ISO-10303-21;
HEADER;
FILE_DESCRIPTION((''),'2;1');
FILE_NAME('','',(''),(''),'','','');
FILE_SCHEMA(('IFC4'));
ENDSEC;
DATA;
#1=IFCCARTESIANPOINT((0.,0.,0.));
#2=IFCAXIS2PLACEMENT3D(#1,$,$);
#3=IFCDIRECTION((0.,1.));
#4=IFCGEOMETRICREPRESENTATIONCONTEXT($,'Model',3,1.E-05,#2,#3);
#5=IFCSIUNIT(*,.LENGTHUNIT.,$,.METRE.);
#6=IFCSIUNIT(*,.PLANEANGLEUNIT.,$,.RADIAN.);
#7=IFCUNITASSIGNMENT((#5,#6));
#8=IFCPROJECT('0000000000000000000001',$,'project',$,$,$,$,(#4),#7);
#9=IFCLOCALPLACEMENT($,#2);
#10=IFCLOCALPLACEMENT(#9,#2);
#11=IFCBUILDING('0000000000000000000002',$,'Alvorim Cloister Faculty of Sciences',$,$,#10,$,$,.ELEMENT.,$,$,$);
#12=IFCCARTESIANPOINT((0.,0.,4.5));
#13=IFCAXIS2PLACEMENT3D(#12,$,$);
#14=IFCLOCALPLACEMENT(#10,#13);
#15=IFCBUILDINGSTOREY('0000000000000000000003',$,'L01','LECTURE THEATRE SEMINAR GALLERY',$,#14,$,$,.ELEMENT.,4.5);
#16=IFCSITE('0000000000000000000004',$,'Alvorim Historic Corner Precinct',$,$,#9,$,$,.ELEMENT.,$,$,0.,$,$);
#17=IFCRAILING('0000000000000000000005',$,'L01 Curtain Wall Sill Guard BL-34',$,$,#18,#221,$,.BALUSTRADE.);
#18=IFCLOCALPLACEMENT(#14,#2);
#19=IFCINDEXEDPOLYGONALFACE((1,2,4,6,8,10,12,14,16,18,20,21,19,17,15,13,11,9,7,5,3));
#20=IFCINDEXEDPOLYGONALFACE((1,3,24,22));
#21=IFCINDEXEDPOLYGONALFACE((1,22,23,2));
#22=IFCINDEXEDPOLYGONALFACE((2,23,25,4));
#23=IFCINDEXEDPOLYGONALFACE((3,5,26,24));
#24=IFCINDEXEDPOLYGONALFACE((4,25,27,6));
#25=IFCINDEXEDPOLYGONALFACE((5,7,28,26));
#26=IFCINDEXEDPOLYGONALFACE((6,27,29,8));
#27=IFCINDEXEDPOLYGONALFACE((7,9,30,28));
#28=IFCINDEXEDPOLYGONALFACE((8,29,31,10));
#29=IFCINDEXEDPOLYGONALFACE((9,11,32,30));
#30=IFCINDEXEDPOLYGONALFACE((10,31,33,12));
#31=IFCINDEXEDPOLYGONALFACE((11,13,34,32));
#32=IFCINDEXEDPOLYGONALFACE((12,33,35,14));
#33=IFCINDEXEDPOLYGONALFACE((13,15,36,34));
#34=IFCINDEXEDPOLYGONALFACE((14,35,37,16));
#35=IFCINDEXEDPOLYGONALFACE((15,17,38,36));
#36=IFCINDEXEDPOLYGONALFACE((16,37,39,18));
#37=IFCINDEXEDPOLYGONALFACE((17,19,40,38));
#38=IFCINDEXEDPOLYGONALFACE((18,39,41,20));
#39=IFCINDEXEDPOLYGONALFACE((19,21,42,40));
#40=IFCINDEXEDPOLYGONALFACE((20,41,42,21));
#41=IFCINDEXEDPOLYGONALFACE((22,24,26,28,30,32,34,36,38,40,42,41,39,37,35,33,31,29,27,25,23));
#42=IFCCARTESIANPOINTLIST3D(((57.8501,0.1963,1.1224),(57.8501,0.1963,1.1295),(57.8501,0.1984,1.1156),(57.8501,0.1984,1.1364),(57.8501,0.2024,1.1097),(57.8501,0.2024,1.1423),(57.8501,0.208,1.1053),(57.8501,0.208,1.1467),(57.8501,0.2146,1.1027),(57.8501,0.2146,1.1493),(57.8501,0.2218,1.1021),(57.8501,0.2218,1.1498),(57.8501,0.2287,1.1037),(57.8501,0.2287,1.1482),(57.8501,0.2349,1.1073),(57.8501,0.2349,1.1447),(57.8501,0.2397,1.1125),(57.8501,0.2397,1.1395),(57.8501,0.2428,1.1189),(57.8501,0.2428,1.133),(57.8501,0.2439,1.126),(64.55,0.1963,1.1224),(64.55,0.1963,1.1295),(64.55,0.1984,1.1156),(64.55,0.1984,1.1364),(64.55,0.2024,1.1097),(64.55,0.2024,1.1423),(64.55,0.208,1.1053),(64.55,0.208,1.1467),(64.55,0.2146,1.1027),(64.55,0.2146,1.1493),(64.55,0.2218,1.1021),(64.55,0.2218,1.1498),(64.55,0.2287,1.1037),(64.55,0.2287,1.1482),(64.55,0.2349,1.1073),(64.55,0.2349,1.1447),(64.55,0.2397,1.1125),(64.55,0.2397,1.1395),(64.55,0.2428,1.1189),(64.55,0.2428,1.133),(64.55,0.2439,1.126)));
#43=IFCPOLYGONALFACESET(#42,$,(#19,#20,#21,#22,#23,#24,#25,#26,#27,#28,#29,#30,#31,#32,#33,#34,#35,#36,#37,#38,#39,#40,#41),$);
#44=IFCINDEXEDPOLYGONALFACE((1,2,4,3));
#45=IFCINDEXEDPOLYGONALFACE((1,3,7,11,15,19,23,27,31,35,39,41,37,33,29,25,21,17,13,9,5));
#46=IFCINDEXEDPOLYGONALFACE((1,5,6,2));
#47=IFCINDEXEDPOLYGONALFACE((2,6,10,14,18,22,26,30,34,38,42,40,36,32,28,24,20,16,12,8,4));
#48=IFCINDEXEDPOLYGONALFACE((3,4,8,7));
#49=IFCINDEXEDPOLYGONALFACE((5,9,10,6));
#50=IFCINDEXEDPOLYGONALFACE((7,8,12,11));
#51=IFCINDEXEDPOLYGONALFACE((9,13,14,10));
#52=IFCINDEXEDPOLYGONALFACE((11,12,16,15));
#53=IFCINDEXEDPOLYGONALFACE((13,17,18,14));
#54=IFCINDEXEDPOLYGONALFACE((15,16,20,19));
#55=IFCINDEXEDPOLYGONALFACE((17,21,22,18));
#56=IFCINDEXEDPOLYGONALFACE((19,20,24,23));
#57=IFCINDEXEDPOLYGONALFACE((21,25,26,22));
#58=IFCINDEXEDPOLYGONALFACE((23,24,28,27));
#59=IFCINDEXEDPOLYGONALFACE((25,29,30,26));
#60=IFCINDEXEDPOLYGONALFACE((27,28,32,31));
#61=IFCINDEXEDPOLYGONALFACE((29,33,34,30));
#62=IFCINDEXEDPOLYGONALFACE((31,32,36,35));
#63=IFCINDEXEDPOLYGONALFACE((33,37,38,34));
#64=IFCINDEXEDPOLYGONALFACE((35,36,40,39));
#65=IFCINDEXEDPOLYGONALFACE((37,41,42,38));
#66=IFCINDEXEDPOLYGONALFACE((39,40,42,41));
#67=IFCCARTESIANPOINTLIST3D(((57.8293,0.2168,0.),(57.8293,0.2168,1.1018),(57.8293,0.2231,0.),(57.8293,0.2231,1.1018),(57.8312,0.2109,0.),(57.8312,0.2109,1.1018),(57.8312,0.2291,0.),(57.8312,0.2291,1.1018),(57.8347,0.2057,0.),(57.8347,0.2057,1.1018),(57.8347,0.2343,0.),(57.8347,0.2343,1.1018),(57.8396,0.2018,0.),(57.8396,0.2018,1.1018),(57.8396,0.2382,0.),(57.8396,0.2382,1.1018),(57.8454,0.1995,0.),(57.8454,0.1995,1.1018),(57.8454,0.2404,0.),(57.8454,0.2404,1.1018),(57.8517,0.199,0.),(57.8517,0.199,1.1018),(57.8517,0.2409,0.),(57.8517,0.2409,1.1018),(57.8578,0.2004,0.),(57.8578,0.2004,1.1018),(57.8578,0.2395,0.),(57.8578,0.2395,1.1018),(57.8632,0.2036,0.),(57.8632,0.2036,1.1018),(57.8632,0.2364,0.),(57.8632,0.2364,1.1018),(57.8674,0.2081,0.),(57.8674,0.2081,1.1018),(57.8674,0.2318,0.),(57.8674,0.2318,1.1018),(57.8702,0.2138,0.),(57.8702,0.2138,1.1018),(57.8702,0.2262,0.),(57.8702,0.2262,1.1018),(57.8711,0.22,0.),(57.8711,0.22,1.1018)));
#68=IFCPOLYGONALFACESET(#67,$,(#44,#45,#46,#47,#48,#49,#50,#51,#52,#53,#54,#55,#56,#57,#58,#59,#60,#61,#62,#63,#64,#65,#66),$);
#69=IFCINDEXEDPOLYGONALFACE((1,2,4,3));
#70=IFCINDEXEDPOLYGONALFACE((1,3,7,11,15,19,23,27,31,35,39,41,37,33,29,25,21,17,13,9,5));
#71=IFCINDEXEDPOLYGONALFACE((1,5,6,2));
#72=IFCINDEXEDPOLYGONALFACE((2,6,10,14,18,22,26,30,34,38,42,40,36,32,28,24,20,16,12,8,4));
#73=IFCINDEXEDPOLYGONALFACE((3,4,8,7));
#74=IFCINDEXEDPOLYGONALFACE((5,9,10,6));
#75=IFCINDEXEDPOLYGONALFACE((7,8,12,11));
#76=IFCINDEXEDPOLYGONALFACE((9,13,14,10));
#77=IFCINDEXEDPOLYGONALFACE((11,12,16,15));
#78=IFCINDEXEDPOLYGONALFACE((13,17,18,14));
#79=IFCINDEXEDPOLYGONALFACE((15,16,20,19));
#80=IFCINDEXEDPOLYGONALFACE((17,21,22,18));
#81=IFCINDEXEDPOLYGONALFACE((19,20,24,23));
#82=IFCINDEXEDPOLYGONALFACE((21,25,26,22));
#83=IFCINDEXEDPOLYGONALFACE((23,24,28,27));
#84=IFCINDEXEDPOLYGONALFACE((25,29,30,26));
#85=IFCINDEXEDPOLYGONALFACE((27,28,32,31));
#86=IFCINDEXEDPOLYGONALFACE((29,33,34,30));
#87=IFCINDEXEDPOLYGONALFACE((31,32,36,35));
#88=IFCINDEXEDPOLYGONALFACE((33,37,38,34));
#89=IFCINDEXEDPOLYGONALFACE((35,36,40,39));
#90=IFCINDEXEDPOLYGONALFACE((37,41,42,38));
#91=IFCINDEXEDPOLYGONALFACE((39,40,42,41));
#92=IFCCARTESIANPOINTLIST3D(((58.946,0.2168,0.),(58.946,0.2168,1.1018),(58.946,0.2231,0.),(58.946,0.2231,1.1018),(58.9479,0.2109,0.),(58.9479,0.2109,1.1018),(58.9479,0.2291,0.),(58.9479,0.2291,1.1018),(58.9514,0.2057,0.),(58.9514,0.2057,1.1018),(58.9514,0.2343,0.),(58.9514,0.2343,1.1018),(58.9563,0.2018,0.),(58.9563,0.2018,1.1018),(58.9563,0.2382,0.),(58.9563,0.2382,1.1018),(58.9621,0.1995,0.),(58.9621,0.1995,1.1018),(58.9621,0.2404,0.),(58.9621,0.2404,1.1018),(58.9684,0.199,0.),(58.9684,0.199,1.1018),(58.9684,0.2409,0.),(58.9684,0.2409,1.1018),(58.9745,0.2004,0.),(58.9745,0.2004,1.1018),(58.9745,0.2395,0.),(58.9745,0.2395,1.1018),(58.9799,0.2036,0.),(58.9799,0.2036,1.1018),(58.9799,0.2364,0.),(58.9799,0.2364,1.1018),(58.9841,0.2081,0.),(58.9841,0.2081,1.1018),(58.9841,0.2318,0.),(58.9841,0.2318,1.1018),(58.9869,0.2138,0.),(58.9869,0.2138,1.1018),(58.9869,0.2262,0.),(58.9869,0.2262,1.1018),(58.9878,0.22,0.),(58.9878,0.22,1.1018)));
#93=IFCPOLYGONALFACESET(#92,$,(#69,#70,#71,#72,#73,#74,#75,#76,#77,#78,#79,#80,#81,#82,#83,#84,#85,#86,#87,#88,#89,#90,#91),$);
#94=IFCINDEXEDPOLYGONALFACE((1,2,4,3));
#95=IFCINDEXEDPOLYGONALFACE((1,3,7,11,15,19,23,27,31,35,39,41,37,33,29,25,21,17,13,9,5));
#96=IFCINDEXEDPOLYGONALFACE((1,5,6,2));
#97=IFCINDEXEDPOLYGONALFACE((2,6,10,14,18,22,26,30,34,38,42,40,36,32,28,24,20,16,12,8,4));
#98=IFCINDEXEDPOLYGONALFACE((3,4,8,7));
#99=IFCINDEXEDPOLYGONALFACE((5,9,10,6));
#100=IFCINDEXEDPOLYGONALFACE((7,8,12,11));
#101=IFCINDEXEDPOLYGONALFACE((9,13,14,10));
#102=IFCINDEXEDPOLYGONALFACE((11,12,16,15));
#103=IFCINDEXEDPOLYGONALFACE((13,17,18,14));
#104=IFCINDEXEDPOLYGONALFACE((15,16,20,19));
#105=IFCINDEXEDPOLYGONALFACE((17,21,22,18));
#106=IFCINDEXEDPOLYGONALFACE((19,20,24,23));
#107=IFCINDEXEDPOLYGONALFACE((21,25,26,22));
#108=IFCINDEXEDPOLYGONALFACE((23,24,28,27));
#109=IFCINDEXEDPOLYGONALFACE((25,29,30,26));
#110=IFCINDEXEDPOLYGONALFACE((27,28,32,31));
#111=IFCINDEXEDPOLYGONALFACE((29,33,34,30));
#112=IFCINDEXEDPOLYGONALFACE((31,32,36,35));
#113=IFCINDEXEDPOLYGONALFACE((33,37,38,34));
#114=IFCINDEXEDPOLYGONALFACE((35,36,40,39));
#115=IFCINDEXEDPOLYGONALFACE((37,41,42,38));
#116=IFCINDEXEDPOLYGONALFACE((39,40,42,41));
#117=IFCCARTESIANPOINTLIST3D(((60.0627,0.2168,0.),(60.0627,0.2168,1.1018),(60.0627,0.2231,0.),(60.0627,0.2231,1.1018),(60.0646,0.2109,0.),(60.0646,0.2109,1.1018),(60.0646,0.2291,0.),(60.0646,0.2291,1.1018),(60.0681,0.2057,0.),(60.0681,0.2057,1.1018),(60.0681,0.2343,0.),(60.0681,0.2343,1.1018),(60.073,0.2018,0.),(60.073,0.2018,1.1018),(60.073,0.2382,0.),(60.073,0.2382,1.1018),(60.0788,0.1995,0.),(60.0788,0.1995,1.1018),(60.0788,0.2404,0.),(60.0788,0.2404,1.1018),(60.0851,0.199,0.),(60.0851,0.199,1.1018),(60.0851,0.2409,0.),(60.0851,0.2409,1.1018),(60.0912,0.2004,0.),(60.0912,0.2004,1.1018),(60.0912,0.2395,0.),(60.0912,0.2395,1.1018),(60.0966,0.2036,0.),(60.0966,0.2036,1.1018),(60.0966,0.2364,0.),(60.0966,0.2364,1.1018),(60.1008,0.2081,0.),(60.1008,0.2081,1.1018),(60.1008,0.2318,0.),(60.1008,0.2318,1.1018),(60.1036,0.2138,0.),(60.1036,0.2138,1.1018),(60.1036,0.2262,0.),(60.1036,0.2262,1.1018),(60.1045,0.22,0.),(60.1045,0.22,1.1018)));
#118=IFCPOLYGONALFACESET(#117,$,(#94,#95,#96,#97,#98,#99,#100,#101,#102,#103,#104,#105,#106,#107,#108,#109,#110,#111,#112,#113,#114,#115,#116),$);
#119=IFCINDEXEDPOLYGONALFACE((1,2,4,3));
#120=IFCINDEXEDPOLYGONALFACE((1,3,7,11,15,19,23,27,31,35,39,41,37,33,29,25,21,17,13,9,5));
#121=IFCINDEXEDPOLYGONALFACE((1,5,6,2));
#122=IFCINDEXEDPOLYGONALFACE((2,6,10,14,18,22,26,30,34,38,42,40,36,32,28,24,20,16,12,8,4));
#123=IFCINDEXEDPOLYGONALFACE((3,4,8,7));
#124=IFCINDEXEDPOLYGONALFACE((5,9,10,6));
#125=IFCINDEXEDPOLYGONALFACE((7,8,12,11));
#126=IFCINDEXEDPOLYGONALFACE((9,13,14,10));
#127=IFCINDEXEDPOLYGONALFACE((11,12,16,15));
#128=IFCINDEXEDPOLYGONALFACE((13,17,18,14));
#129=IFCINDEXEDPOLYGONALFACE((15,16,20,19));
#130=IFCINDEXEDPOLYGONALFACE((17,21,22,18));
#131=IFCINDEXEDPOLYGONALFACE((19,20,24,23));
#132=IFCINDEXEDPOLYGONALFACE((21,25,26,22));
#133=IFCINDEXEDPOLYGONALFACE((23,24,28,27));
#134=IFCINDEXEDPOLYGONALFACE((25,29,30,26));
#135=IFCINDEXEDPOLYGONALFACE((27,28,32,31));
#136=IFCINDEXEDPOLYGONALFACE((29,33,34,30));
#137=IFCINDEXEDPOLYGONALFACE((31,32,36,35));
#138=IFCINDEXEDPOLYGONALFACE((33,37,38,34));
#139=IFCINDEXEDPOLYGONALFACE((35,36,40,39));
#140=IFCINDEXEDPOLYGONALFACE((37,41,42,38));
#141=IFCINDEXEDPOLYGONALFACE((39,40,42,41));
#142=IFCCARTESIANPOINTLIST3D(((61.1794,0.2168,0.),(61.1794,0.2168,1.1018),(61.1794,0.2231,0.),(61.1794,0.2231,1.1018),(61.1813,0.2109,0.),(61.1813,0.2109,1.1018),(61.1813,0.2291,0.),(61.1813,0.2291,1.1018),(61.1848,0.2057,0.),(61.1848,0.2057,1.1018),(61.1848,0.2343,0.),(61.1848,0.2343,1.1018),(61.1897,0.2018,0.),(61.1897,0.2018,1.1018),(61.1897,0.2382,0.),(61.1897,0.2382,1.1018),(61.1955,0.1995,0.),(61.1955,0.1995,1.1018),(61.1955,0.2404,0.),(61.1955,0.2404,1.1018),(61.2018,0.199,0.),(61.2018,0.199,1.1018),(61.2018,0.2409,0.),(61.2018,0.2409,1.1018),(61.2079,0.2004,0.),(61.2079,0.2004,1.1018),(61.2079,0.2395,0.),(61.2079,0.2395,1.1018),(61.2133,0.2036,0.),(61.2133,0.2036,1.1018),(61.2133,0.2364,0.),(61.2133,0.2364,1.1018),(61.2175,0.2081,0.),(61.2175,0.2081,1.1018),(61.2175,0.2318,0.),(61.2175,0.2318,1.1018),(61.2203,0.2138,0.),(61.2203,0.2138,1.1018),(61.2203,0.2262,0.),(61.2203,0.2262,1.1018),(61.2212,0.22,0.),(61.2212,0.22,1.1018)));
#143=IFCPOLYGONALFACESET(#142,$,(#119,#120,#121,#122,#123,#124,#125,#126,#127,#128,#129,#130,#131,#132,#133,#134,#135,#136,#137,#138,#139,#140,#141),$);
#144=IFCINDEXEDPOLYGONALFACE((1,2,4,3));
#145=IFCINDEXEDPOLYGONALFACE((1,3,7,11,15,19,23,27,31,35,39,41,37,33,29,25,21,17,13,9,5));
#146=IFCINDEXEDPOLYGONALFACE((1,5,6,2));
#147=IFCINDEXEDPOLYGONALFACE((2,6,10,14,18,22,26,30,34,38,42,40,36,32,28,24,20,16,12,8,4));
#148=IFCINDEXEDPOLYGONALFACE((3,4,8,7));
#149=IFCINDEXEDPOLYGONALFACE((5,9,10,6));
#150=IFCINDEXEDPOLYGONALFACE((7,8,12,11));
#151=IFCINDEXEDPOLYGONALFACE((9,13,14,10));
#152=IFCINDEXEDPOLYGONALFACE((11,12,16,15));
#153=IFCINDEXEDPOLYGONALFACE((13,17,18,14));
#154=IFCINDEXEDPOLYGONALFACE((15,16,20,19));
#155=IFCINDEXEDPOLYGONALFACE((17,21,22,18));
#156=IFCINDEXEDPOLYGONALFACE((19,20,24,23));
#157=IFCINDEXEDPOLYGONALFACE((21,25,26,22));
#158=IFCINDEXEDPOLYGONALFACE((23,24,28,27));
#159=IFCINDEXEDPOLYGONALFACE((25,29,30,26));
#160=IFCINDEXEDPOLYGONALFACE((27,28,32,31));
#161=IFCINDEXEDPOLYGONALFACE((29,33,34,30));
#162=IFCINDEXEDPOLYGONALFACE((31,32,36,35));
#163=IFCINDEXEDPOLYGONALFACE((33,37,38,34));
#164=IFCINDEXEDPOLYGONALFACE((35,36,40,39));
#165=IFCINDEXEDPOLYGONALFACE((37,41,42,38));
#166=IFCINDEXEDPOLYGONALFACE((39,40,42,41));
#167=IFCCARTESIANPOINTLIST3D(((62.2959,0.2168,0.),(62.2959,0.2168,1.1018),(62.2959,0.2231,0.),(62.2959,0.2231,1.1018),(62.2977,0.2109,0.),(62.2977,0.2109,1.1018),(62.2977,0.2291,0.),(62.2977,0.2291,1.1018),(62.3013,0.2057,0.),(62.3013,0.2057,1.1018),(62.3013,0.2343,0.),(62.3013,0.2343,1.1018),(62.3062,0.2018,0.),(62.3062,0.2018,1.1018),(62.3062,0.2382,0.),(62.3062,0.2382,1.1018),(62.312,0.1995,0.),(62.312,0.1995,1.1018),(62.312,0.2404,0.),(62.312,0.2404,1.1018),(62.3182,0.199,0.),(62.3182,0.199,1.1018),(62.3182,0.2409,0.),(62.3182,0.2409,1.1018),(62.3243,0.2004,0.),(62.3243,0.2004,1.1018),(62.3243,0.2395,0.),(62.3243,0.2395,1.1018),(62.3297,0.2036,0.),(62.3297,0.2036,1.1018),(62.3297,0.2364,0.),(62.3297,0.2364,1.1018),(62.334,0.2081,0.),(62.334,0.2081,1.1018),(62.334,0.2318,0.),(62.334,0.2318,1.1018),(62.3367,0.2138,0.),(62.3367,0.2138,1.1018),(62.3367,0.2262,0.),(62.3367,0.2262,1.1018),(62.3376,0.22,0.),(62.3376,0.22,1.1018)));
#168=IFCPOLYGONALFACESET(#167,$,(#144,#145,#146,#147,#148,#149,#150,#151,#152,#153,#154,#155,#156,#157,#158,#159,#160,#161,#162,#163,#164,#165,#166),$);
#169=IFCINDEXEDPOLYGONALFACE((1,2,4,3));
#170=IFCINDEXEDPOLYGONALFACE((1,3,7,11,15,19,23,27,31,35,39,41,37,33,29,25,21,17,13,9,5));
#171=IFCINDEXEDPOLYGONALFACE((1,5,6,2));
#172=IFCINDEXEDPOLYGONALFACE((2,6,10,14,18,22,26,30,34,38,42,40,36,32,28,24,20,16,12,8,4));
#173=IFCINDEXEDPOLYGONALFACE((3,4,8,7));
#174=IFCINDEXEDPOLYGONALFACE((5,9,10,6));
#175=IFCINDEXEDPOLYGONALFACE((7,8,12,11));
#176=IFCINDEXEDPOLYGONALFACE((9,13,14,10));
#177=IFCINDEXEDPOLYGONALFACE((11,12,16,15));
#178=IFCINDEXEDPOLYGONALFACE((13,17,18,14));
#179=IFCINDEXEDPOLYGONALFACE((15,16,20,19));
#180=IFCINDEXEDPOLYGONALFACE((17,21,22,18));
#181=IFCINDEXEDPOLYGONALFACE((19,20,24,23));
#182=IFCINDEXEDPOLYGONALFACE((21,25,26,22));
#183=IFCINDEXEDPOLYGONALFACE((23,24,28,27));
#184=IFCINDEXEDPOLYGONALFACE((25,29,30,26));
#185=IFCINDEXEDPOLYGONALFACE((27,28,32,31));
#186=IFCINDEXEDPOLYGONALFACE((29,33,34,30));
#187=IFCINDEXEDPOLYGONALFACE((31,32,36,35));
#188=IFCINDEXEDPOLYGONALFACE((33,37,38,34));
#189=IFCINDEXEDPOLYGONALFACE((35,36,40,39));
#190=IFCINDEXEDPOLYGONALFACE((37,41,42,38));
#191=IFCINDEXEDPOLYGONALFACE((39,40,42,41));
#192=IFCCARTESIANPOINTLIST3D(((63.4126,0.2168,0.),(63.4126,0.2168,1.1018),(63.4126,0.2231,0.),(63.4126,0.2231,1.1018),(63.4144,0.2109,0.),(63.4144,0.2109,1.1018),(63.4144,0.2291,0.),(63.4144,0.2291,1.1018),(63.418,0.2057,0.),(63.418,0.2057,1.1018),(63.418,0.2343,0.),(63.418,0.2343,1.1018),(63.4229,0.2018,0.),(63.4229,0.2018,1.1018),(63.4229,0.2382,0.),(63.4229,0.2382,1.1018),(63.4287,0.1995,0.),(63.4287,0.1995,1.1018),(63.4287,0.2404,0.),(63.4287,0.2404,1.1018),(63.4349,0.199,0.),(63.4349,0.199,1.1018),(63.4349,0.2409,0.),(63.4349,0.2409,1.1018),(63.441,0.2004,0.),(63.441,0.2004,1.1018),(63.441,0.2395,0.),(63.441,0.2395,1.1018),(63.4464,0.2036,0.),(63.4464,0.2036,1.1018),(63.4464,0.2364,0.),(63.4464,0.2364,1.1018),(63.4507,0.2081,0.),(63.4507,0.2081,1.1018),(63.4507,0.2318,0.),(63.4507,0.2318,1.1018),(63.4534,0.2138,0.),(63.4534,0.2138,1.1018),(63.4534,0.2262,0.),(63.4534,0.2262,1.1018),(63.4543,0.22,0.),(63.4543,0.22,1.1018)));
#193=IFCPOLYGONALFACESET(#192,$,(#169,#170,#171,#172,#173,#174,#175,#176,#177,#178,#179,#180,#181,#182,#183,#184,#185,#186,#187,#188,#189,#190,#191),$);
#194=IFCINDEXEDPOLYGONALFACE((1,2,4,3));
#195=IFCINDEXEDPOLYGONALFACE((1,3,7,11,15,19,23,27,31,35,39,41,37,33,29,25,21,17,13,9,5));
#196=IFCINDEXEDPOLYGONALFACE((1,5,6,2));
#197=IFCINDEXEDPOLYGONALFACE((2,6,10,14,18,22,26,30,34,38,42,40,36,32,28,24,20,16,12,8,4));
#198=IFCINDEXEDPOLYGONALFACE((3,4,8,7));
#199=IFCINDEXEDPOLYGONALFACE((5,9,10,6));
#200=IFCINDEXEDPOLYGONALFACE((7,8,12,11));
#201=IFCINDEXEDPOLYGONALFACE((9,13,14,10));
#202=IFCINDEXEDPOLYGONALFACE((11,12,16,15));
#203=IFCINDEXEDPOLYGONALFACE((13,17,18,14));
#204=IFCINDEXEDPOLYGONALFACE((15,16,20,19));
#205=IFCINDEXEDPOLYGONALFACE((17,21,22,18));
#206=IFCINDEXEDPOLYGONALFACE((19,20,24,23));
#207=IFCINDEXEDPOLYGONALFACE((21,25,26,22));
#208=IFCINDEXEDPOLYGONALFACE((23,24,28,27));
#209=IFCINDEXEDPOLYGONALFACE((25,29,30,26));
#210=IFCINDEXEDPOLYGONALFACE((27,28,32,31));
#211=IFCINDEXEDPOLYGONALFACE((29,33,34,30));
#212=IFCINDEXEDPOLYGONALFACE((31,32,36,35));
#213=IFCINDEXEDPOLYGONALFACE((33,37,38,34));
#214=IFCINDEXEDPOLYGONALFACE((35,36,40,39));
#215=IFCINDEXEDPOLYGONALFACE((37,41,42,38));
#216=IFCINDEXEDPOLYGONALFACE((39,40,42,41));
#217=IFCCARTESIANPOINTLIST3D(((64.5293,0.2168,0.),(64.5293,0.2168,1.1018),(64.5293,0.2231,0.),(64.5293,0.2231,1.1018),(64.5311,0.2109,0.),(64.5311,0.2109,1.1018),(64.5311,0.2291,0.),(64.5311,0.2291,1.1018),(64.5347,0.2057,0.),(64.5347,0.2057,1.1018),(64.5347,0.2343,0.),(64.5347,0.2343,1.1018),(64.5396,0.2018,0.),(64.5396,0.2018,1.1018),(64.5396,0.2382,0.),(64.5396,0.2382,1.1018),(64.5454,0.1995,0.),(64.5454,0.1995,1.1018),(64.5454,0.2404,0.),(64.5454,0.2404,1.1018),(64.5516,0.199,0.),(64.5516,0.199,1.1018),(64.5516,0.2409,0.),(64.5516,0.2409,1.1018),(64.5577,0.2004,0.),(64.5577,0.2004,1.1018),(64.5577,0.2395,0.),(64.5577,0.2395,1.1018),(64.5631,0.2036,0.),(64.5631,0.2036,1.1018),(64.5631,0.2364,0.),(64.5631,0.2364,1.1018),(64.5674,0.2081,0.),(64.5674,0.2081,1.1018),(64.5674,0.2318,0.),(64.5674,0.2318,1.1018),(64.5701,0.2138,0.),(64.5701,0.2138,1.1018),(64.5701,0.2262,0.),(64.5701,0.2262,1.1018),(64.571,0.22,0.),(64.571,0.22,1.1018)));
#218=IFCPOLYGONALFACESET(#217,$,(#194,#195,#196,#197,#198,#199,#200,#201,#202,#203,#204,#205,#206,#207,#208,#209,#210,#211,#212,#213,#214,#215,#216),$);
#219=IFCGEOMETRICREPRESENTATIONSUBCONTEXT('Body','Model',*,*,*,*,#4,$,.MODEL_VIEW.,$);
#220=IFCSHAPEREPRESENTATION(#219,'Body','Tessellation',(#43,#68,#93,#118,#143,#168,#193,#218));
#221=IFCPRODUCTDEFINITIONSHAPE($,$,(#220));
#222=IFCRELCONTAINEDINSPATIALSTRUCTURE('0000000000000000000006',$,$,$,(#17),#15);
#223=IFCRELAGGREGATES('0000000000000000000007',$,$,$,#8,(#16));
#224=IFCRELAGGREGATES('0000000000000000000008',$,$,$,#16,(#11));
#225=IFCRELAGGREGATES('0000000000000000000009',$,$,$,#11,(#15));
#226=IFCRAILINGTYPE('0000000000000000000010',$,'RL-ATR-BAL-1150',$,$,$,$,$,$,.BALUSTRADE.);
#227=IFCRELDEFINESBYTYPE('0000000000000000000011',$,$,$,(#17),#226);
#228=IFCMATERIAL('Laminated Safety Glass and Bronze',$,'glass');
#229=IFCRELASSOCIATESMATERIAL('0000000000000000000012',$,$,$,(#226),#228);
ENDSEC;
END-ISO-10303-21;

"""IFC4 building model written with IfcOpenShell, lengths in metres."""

from ifc_helpers import new_model, si_unit, direction, frame, origin, origin_2d, place, context, subcontext, project, spatial, circle, extrude, material, type_object, element, save


model = new_model("IFC4")

# Units and contexts
model_context = context("Model", 3, precision=1e-05, world=origin(), true_north=direction((0.0, 1.0)))
body_context = subcontext(model_context, "Body", "Model", "MODEL_VIEW")
ifc_project = project(units=[si_unit("LENGTHUNIT", "METRE"), si_unit("PLANEANGLEUNIT", "RADIAN")], contexts=[model_context])

# Site, building, storey
site_placement = place(None, origin())
site = spatial("IfcSite", under=ifc_project, at=site_placement, Name="Alvorim Historic Corner Precinct", CompositionType="ELEMENT", RefElevation=0.0)
building_placement = place(site_placement, origin())
building = spatial("IfcBuilding", under=site, at=building_placement, Name="Alvorim Cloister Faculty of Sciences", CompositionType="ELEMENT")
storey_placement = place(building_placement, frame((0.0, 0.0, 4.5)))
storey = spatial("IfcBuildingStorey", under=building, at=storey_placement, Name="L01", Description="LECTURE THEATRE SEMINAR GALLERY", CompositionType="ELEMENT", Elevation=4.5)

# Railing
ifc_material_1 = material(Name="Laminated Safety Glass and Bronze", Category="glass")
railing_type = type_object("IfcRailingType", Name="RL-ATR-BAL-1150", PredefinedType="BALUSTRADE", material=ifc_material_1)
railing_placement = place(storey_placement, frame((57.8501, 0.22, 0.0)))
element("IfcRailing", 1, at=railing_placement, inside=storey, type_object=railing_type, Name="L01 Curtain Wall Sill Guard BL-34", PredefinedType="BALUSTRADE", context=body_context, shape_type="SweptSolid", body=[
    extrude(circle(Radius=0.0239, at=origin_2d()), frame((0.0, 0.0, 1.126), z_axis=(1.0, 0.0, 0.0), x_axis=(0.0, 1.0, 0.0)), (0.0, 0.0, 1.0), 6.7),
    extrude(circle(Radius=0.021, at=origin_2d()), origin(), (0.0, 0.0, 1.0), 1.1018),
    extrude(circle(Radius=0.021, at=origin_2d()), frame((1.1167, 0.0, 0.0)), (0.0, 0.0, 1.0), 1.1018),
    extrude(circle(Radius=0.021, at=origin_2d()), frame((2.2334, 0.0, 0.0)), (0.0, 0.0, 1.0), 1.1018),
    extrude(circle(Radius=0.021, at=origin_2d()), frame((3.3501, 0.0, 0.0)), (0.0, 0.0, 1.0), 1.1018),
    extrude(circle(Radius=0.021, at=origin_2d()), frame((4.4666, 0.0, 0.0)), (0.0, 0.0, 1.0), 1.1018),
    extrude(circle(Radius=0.021, at=origin_2d()), frame((5.5833, 0.0, 0.0)), (0.0, 0.0, 1.0), 1.1018),
    extrude(circle(Radius=0.021, at=origin_2d()), frame((6.7, 0.0, 0.0)), (0.0, 0.0, 1.0), 1.1018),
])

save(model, "model.ifc")
